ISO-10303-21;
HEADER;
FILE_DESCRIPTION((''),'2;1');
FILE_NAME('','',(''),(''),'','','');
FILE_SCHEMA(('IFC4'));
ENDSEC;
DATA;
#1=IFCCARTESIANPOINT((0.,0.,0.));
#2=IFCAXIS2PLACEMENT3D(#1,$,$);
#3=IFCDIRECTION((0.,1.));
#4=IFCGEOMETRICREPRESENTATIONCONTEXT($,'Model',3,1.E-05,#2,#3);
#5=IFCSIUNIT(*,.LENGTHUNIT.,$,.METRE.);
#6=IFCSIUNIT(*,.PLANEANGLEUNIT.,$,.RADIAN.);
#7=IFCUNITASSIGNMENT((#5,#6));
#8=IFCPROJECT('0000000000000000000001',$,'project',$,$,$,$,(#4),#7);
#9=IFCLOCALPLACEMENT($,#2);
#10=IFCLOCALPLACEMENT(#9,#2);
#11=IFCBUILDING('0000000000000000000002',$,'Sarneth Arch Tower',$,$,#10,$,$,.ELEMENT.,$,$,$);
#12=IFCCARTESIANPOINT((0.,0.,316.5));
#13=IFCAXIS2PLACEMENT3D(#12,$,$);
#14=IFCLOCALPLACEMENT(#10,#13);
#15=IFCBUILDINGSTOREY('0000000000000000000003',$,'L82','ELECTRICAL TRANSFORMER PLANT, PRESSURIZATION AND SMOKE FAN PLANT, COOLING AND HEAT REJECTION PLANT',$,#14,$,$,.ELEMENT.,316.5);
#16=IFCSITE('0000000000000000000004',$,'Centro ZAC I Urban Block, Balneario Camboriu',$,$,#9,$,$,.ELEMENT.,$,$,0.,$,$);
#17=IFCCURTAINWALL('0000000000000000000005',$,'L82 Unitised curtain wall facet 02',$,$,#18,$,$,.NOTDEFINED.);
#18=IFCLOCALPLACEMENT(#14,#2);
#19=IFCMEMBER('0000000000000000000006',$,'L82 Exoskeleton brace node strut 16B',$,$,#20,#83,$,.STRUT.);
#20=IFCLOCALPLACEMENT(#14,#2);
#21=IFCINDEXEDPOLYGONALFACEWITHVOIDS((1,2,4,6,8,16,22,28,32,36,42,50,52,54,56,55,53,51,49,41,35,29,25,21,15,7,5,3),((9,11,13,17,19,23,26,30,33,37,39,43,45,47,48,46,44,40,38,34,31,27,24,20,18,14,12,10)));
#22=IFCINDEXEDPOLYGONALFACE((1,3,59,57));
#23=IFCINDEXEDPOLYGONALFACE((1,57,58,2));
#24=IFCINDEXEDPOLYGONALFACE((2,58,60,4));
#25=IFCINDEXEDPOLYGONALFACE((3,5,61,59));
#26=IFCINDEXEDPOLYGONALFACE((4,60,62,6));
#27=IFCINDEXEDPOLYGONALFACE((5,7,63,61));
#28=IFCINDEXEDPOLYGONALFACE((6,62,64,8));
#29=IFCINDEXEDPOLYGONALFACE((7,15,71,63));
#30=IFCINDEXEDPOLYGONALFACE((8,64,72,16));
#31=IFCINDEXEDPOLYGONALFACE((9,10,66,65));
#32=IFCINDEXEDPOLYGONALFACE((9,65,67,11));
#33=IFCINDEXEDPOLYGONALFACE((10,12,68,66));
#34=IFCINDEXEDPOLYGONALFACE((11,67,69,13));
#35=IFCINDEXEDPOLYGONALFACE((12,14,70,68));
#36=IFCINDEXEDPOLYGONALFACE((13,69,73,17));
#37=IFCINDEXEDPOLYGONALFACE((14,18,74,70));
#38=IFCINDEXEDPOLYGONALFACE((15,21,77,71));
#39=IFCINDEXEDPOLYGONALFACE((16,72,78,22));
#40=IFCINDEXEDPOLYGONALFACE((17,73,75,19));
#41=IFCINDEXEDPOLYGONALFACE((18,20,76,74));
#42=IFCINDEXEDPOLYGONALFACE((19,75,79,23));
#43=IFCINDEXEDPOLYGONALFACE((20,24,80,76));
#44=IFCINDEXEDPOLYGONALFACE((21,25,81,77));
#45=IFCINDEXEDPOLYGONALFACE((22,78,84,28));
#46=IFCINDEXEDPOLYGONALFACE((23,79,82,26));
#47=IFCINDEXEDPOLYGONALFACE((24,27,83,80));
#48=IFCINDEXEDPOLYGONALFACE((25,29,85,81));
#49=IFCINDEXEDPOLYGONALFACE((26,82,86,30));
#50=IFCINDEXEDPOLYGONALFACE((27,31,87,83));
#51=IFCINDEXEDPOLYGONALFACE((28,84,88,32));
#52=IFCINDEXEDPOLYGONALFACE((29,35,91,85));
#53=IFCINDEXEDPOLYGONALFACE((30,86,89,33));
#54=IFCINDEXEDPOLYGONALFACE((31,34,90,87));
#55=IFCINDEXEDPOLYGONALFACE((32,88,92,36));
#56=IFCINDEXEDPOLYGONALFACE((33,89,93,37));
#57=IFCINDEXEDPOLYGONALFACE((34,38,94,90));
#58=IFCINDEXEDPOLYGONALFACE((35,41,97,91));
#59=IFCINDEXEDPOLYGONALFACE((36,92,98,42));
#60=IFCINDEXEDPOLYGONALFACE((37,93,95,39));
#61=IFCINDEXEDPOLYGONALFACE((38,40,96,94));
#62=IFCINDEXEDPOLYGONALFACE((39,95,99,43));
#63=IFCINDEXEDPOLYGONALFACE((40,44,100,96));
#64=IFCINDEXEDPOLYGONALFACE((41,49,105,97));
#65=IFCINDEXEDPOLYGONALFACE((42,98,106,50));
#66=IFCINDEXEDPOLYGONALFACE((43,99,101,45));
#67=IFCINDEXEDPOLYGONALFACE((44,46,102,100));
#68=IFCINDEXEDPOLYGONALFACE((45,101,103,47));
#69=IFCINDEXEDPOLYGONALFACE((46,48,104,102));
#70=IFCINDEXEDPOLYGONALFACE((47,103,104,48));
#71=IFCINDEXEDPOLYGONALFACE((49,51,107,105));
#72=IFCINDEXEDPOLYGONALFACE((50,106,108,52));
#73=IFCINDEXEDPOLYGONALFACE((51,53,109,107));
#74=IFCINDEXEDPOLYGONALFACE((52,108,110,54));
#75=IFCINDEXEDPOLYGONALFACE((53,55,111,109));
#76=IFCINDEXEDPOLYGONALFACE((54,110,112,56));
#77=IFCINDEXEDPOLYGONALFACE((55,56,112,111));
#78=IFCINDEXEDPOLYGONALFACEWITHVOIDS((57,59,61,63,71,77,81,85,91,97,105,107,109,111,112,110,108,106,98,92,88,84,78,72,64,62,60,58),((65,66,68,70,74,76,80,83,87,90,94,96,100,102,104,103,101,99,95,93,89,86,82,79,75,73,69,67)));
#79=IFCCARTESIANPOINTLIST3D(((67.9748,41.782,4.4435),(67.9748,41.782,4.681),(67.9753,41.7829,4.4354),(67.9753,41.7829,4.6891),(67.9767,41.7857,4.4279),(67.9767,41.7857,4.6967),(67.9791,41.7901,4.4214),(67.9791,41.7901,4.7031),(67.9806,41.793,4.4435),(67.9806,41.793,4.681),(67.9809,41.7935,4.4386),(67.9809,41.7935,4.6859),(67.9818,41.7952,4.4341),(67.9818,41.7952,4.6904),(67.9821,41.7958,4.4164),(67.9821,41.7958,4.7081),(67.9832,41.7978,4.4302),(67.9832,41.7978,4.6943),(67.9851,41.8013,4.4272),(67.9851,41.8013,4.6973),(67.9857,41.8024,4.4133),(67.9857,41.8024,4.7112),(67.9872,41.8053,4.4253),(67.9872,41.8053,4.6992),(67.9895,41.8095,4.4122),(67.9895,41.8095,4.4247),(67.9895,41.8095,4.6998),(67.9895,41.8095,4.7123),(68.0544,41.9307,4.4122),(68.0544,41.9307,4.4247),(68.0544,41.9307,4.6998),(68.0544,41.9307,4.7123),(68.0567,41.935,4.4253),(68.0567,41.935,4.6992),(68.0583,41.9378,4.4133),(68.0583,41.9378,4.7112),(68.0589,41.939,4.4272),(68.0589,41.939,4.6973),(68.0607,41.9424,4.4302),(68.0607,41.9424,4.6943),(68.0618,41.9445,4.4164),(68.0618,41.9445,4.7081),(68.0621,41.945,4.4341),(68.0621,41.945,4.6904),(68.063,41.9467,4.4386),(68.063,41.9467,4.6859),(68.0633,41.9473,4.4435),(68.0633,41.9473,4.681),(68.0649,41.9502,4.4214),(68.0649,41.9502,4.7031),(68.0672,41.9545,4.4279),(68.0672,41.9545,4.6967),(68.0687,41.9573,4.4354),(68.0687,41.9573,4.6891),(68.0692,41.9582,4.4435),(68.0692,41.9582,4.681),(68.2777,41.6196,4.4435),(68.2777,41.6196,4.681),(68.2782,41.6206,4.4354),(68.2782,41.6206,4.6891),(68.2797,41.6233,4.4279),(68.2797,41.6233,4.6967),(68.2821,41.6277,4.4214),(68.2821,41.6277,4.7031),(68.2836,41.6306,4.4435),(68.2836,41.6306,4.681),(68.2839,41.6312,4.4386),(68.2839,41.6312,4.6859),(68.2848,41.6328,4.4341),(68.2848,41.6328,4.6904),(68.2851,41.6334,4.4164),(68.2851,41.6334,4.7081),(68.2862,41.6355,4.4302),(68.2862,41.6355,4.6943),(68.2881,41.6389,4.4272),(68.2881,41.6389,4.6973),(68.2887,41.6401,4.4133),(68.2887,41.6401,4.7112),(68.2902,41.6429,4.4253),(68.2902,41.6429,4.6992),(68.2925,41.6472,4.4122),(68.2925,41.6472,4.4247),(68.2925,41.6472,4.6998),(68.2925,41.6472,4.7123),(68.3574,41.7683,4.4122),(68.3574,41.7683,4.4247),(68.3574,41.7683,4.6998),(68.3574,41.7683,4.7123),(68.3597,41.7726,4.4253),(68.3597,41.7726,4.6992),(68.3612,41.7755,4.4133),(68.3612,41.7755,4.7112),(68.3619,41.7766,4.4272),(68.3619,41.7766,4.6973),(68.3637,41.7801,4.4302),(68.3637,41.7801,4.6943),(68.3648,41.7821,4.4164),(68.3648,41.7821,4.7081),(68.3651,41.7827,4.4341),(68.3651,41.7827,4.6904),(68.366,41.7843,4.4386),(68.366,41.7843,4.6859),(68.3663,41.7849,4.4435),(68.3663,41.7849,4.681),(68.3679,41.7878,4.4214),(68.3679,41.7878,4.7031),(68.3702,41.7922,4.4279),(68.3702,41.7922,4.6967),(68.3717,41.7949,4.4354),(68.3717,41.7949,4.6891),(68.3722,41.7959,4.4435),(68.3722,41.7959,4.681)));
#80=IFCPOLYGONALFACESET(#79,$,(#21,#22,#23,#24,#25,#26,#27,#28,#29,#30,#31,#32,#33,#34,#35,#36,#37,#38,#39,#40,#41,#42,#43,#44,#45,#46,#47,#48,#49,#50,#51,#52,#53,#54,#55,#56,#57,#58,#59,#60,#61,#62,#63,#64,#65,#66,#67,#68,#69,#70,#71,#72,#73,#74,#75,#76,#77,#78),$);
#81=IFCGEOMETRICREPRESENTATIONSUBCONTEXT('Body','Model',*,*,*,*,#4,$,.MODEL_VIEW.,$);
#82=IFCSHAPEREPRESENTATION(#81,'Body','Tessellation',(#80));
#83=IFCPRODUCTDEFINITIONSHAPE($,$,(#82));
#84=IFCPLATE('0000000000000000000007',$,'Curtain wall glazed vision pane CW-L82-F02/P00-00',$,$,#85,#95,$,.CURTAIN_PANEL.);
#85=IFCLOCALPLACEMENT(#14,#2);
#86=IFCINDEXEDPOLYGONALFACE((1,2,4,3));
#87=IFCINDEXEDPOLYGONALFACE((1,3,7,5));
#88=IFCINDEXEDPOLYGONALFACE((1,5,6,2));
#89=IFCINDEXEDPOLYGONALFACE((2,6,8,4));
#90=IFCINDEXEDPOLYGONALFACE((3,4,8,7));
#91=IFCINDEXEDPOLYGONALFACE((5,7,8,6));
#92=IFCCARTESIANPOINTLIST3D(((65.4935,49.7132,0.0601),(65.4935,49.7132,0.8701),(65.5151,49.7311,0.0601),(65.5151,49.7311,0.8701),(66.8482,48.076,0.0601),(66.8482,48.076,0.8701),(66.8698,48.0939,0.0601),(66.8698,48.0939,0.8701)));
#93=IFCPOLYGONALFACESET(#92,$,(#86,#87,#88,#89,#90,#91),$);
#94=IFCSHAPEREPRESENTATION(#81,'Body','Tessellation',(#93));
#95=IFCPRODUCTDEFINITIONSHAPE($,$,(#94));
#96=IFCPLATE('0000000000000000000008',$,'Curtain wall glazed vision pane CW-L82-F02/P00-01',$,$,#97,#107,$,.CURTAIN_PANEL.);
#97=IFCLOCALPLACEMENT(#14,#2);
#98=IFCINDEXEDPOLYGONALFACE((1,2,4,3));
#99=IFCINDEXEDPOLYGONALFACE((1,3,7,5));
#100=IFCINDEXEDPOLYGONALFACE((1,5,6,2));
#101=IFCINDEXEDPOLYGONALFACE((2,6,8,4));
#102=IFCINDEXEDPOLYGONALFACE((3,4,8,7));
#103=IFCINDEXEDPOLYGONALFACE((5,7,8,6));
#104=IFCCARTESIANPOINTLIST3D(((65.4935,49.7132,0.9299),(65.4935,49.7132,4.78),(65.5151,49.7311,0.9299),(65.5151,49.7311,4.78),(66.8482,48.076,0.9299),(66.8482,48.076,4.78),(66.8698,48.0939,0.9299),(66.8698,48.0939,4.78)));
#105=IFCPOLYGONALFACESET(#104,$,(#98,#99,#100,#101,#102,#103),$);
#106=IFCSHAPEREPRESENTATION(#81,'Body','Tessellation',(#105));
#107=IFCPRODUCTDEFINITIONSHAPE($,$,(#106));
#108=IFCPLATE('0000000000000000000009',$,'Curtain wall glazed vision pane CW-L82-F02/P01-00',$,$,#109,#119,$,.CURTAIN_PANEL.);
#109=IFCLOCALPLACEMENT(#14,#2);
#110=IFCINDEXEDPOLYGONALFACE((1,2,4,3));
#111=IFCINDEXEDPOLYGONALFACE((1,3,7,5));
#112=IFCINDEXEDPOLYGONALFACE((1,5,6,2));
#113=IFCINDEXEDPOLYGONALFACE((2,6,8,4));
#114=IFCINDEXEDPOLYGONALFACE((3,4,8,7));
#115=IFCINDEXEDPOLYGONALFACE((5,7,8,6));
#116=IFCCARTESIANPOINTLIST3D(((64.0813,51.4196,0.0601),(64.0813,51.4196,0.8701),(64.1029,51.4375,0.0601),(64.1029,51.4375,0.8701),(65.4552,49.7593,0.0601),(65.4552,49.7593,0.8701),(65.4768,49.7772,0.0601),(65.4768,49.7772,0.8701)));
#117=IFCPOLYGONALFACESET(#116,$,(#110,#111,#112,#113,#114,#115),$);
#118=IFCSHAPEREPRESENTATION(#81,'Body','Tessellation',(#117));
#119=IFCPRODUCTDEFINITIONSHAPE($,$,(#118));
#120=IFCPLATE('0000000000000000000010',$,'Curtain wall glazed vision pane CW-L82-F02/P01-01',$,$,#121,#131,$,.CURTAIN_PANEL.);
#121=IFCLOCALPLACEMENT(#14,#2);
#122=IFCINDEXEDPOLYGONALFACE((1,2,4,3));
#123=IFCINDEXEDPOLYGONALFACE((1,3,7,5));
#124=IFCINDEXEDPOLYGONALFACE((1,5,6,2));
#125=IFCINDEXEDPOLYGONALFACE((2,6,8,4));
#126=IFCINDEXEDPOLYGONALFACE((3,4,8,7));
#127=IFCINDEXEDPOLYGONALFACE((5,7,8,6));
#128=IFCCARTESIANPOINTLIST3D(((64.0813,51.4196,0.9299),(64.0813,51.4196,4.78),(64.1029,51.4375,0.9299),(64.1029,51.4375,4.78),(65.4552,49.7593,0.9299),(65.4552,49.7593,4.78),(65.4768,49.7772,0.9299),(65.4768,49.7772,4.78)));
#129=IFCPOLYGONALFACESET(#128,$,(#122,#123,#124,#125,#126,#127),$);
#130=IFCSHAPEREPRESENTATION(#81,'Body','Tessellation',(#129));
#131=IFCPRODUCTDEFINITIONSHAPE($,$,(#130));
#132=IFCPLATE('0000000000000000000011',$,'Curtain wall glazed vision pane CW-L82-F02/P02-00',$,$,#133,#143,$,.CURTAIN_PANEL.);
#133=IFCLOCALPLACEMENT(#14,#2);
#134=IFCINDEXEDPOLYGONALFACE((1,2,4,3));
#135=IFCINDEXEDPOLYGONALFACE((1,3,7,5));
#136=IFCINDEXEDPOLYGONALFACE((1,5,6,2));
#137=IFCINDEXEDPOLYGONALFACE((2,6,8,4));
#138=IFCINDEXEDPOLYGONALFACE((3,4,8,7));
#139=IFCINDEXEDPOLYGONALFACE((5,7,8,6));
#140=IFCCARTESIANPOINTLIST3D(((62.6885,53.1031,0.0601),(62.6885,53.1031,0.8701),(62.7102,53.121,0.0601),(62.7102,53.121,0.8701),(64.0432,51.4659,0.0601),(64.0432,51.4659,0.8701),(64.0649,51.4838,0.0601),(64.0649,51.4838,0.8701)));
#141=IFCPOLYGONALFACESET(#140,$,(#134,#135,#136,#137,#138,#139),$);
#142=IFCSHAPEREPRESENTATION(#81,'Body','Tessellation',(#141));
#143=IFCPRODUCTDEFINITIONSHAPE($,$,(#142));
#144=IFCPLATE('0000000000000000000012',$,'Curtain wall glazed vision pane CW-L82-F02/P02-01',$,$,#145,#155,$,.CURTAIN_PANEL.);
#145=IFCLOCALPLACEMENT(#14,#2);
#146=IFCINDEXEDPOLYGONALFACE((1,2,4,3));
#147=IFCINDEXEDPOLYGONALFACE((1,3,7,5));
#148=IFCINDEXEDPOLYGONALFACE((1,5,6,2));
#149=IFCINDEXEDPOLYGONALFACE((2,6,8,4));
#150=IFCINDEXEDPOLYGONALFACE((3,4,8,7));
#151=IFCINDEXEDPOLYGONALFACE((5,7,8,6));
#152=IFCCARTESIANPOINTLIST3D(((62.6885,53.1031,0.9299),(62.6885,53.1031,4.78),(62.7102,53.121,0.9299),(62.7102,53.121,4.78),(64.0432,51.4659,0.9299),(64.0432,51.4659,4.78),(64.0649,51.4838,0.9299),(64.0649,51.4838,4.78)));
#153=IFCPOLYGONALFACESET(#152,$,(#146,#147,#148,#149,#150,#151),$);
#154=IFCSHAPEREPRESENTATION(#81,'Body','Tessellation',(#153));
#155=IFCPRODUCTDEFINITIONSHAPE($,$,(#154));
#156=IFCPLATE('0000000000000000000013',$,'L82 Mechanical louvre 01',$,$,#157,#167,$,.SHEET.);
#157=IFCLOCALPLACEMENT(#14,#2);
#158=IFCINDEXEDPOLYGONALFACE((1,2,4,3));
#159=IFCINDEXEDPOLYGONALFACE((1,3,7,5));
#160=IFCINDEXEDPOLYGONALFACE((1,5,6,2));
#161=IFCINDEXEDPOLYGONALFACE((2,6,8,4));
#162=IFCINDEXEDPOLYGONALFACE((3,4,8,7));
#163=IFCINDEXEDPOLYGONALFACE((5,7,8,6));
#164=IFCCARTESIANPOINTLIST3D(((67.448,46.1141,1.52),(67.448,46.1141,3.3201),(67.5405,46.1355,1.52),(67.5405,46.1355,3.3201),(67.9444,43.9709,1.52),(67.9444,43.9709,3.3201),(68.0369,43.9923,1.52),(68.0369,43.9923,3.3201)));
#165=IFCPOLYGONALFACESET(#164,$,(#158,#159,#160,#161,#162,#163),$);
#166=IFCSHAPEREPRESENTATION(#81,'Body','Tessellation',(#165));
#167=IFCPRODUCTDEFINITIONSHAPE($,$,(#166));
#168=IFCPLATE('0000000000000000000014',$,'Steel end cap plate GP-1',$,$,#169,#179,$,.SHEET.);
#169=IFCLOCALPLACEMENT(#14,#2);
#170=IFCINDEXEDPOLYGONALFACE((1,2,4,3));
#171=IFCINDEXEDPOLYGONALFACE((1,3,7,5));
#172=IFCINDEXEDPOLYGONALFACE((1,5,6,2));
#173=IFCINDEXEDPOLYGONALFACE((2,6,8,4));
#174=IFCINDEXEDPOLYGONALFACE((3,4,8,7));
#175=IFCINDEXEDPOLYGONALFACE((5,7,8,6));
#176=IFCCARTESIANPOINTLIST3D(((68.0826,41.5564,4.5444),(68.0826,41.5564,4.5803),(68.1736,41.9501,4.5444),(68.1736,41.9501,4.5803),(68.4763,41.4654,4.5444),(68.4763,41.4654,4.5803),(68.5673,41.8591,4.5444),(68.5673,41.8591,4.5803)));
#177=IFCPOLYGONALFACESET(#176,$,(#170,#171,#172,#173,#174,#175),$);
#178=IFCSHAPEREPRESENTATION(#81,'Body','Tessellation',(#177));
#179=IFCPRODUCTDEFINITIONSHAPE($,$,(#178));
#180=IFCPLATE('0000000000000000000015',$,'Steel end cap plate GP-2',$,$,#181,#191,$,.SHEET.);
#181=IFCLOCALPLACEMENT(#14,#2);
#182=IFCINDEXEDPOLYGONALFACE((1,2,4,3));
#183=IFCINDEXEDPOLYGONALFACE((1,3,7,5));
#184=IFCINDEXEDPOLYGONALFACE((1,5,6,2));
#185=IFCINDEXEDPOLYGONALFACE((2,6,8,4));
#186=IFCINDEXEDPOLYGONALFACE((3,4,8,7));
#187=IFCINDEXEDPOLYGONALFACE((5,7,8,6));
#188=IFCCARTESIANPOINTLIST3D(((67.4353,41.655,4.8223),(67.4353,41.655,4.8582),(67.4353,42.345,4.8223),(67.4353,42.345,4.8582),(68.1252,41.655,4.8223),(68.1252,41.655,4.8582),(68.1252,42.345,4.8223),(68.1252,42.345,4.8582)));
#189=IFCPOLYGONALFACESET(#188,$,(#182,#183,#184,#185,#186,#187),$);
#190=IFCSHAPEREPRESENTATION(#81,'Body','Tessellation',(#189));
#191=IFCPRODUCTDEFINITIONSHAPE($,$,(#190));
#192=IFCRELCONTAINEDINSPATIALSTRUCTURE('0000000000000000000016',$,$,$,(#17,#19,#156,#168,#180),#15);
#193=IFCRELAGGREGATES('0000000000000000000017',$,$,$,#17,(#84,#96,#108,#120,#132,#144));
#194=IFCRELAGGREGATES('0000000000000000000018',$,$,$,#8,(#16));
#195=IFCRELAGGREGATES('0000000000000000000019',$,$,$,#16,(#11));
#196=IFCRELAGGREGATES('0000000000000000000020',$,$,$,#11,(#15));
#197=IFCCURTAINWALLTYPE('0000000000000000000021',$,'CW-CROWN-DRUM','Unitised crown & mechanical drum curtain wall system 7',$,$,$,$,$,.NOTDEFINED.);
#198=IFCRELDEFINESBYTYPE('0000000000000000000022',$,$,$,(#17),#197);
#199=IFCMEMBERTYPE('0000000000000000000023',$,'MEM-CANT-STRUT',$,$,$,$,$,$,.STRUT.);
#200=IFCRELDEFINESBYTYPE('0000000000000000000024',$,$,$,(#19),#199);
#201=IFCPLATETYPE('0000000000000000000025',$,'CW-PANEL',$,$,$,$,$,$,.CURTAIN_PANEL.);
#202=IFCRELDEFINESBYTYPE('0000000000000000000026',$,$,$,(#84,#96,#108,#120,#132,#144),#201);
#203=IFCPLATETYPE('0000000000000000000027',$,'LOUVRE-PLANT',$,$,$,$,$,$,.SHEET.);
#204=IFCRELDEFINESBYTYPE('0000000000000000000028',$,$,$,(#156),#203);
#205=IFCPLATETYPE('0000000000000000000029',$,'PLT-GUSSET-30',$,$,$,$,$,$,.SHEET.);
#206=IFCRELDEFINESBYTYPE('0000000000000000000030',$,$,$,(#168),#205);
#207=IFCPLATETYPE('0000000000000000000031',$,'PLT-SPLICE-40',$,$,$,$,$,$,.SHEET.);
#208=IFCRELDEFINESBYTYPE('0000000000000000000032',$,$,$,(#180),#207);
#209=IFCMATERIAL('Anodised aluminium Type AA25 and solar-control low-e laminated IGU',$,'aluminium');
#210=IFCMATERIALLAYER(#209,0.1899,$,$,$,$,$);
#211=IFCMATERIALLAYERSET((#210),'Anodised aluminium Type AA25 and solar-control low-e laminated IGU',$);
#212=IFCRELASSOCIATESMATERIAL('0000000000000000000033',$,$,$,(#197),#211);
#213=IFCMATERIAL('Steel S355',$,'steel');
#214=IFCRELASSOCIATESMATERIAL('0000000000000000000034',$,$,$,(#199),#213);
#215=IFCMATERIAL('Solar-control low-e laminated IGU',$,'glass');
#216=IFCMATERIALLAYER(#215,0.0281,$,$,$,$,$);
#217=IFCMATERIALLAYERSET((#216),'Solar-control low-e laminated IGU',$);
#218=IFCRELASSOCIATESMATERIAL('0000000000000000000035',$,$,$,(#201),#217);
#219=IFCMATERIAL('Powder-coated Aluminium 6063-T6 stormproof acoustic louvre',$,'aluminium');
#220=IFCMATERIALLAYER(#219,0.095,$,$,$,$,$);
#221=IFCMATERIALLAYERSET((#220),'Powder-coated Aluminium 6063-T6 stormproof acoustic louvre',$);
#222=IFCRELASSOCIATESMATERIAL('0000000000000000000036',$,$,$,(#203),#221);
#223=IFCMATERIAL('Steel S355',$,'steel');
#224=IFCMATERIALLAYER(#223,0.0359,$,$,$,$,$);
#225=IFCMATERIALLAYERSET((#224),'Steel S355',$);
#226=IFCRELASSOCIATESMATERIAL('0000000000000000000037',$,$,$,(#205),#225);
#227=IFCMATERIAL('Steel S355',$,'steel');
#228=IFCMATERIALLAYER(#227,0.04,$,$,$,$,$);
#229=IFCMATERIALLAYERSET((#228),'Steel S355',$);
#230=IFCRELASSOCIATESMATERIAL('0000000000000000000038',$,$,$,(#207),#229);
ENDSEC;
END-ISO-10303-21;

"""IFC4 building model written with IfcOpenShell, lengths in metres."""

from ifc_helpers import new_model, si_unit, direction, frame, origin, origin_2d, place, context, subcontext, project, spatial, rectangle, hollow_rectangle, extrude, material, layer, layer_set, material_profile, profile_set, type_object, element, aggregate, save


model = new_model("IFC4")

# Units and contexts
model_context = context("Model", 3, precision=1e-05, world=origin(), true_north=direction((0.0, 1.0)))
body_context = subcontext(model_context, "Body", "Model", "MODEL_VIEW")
ifc_project = project(units=[si_unit("LENGTHUNIT", "METRE"), si_unit("PLANEANGLEUNIT", "RADIAN")], contexts=[model_context])

# Site, building, storey
site_placement = place(None, origin())
site = spatial("IfcSite", under=ifc_project, at=site_placement, Name="Centro ZAC I Urban Block, Balneario Camboriu", CompositionType="ELEMENT", RefElevation=0.0)
building_placement = place(site_placement, origin())
building = spatial("IfcBuilding", under=site, at=building_placement, Name="Sarneth Arch Tower", CompositionType="ELEMENT")
storey_placement = place(building_placement, frame((0.0, 0.0, 316.5)))
storey = spatial("IfcBuildingStorey", under=building, at=storey_placement, Name="L82", Description="ELECTRICAL TRANSFORMER PLANT, PRESSURIZATION AND SMOKE FAN PLANT, COOLING AND HEAT REJECTION PLANT", CompositionType="ELEMENT", Elevation=316.5)

# Curtain wall
ifc_material_1 = material(Name="Anodised aluminium Type AA25 and solar-control low-e laminated IGU", Category="aluminium")
ifc_layer_1 = layer(ifc_material_1, 0.1899)
ifc_layer_set_1 = layer_set([ifc_layer_1], Name="Anodised aluminium Type AA25 and solar-control low-e laminated IGU")
curtain_wall_type = type_object("IfcCurtainWallType", Name="CW-CROWN-DRUM", Description="Unitised crown & mechanical drum curtain wall system 7", PredefinedType="NOTDEFINED", material=ifc_layer_set_1)
curtain_wall_placement = place(storey_placement, origin())
curtain_wall = element("IfcCurtainWall", 1, at=curtain_wall_placement, inside=storey, type_object=curtain_wall_type, Name="L82 Unitised curtain wall facet 02", PredefinedType="NOTDEFINED")

# Member
ifc_material_2 = material(Name="Steel S355", Category="steel")
ifc_material_profile_1 = material_profile(ifc_material_2, hollow_rectangle(XDim=0.2, YDim=0.3, WallThickness=0.0125, InnerFilletRadius=0.0188, OuterFilletRadius=0.0312, at=origin_2d()), Name="RHS300x200x12.5")
ifc_profile_set_1 = profile_set([ifc_material_profile_1], Name="Steel S355")
member_type_1 = type_object("IfcMemberType", Name="MEM-CANT-STRUT", PredefinedType="STRUT", material=ifc_profile_set_1)
member_1_placement = place(storey_placement, frame((68.022, 41.8701, 4.5623), z_axis=(0.881427, -0.47232, 0.0), x_axis=(0.47232, 0.881427, 0.0)))
element("IfcMember", 2, at=member_1_placement, inside=storey, type_object=member_type_1, Name="L82 Exoskeleton brace node strut 16B", PredefinedType="STRUT", context=body_context, shape_type="SweptSolid", body=[
    extrude(hollow_rectangle(XDim=0.2, YDim=0.3, WallThickness=0.0125, InnerFilletRadius=0.0188, OuterFilletRadius=0.0312, at=origin_2d()), origin(), (0.0, 0.0, 1.0), 0.3438),
])

# Plates
ifc_material_3 = material(Name="Solar-control low-e laminated IGU", Category="glass")
ifc_layer_2 = layer(ifc_material_3, 0.0281)
ifc_layer_set_2 = layer_set([ifc_layer_2], Name="Solar-control low-e laminated IGU")
plate_type_1 = type_object("IfcPlateType", Name="CW-PANEL", PredefinedType="CURTAIN_PANEL", material=ifc_layer_set_2)
plate_1_placement = place(storey_placement, frame((66.1816, 48.9036, 0.0601), z_axis=(0.0, 0.0, 1.0), x_axis=(-0.637505, 0.770446, 0.0)))
plate_1 = element("IfcPlate", 3, at=plate_1_placement, type_object=plate_type_1, Name="Curtain wall glazed vision pane CW-L82-F02/P00-00", PredefinedType="CURTAIN_PANEL", context=body_context, shape_type="SweptSolid", body=[
    extrude(rectangle(XDim=2.125, YDim=0.0281, at=origin_2d()), origin(), (0.0, 0.0, 1.0), 0.8101),
])
plate_2_placement = place(storey_placement, frame((66.1816, 48.9036, 0.9299), z_axis=(0.0, 0.0, 1.0), x_axis=(-0.637505, 0.770446, 0.0)))
plate_2 = element("IfcPlate", 4, at=plate_2_placement, type_object=plate_type_1, Name="Curtain wall glazed vision pane CW-L82-F02/P00-01", PredefinedType="CURTAIN_PANEL", context=body_context, shape_type="SweptSolid", body=[
    extrude(rectangle(XDim=2.125, YDim=0.0281, at=origin_2d()), origin(), (0.0, 0.0, 1.0), 3.8501),
])
plate_3_placement = place(storey_placement, frame((64.7791, 50.5984, 0.0601), z_axis=(0.0, 0.0, 1.0), x_axis=(-0.637505, 0.770446, 0.0)))
plate_3 = element("IfcPlate", 5, at=plate_3_placement, type_object=plate_type_1, Name="Curtain wall glazed vision pane CW-L82-F02/P01-00", PredefinedType="CURTAIN_PANEL", context=body_context, shape_type="SweptSolid", body=[
    extrude(rectangle(XDim=2.155, YDim=0.0281, at=origin_2d()), origin(), (0.0, 0.0, 1.0), 0.8101),
])
plate_4_placement = place(storey_placement, frame((64.7791, 50.5984, 0.9299), z_axis=(0.0, 0.0, 1.0), x_axis=(-0.637505, 0.770446, 0.0)))
plate_4 = element("IfcPlate", 6, at=plate_4_placement, type_object=plate_type_1, Name="Curtain wall glazed vision pane CW-L82-F02/P01-01", PredefinedType="CURTAIN_PANEL", context=body_context, shape_type="SweptSolid", body=[
    extrude(rectangle(XDim=2.155, YDim=0.0281, at=origin_2d()), origin(), (0.0, 0.0, 1.0), 3.8501),
])
plate_5_placement = place(storey_placement, frame((63.3767, 52.2935, 0.0601), z_axis=(0.0, 0.0, 1.0), x_axis=(-0.637505, 0.770446, 0.0)))
plate_5 = element("IfcPlate", 7, at=plate_5_placement, type_object=plate_type_1, Name="Curtain wall glazed vision pane CW-L82-F02/P02-00", PredefinedType="CURTAIN_PANEL", context=body_context, shape_type="SweptSolid", body=[
    extrude(rectangle(XDim=2.125, YDim=0.0281, at=origin_2d()), origin(), (0.0, 0.0, 1.0), 0.8101),
])
plate_6_placement = place(storey_placement, frame((63.3767, 52.2935, 0.9299), z_axis=(0.0, 0.0, 1.0), x_axis=(-0.637505, 0.770446, 0.0)))
plate_6 = element("IfcPlate", 8, at=plate_6_placement, type_object=plate_type_1, Name="Curtain wall glazed vision pane CW-L82-F02/P02-01", PredefinedType="CURTAIN_PANEL", context=body_context, shape_type="SweptSolid", body=[
    extrude(rectangle(XDim=2.125, YDim=0.0281, at=origin_2d()), origin(), (0.0, 0.0, 1.0), 3.8501),
])
aggregate(curtain_wall, [plate_1, plate_2, plate_3, plate_4, plate_5, plate_6])

# Plates
ifc_material_4 = material(Name="Powder-coated Aluminium 6063-T6 stormproof acoustic louvre", Category="aluminium")
ifc_layer_3 = layer(ifc_material_4, 0.095)
ifc_layer_set_3 = layer_set([ifc_layer_3], Name="Powder-coated Aluminium 6063-T6 stormproof acoustic louvre")
plate_type_2 = type_object("IfcPlateType", Name="LOUVRE-PLANT", PredefinedType="SHEET", material=ifc_layer_set_3)
plate_7_placement = place(storey_placement, frame((67.7424, 45.0532, 1.52), z_axis=(0.0, 0.0, 1.0), x_axis=(-0.225631, 0.974213, 0.0)))
element("IfcPlate", 9, at=plate_7_placement, inside=storey, type_object=plate_type_2, Name="L82 Mechanical louvre 01", PredefinedType="SHEET", context=body_context, shape_type="SweptSolid", body=[
    extrude(rectangle(XDim=2.2, YDim=0.095, at=origin_2d()), origin(), (0.0, 0.0, 1.0), 1.8),
])
ifc_material_5 = material(Name="Steel S355", Category="steel")
ifc_layer_4 = layer(ifc_material_5, 0.0359)
ifc_layer_set_4 = layer_set([ifc_layer_4], Name="Steel S355")
plate_type_3 = type_object("IfcPlateType", Name="PLT-GUSSET-30", PredefinedType="SHEET", material=ifc_layer_set_4)
plate_8_placement = place(storey_placement, frame((68.325, 41.7078, 4.5444), z_axis=(0.0, 0.0, 1.0), x_axis=(0.225291, 0.974291, 0.0)))
element("IfcPlate", 10, at=plate_8_placement, inside=storey, type_object=plate_type_3, Name="Steel end cap plate GP-1", PredefinedType="SHEET", context=body_context, shape_type="SweptSolid", body=[
    extrude(rectangle(XDim=0.4041, YDim=0.4041, at=origin_2d()), origin(), (0.0, 0.0, 1.0), 0.0359),
])
ifc_material_6 = material(Name="Steel S355", Category="steel")
ifc_layer_5 = layer(ifc_material_6, 0.04)
ifc_layer_set_5 = layer_set([ifc_layer_5], Name="Steel S355")
plate_type_4 = type_object("IfcPlateType", Name="PLT-SPLICE-40", PredefinedType="SHEET", material=ifc_layer_set_5)
for number, where, z_axis, x_axis, name in (
    (11, (67.7803, 42.0, 4.8223), (0.0, 0.0, 1.0), (1.0, 0.0, 0.0), "Steel end cap plate GP-2"),
):
    element("IfcPlate", number, at=place(storey_placement, frame(where, z_axis=z_axis, x_axis=x_axis)), inside=storey, type_object=plate_type_4, Name=name, PredefinedType="SHEET", context=body_context, shape_type="SweptSolid", body=[
        extrude(rectangle(XDim=0.6899, YDim=0.6899, at=origin_2d()), origin(), (0.0, 0.0, 1.0), 0.0359),
    ])

save(model, "model.ifc")
